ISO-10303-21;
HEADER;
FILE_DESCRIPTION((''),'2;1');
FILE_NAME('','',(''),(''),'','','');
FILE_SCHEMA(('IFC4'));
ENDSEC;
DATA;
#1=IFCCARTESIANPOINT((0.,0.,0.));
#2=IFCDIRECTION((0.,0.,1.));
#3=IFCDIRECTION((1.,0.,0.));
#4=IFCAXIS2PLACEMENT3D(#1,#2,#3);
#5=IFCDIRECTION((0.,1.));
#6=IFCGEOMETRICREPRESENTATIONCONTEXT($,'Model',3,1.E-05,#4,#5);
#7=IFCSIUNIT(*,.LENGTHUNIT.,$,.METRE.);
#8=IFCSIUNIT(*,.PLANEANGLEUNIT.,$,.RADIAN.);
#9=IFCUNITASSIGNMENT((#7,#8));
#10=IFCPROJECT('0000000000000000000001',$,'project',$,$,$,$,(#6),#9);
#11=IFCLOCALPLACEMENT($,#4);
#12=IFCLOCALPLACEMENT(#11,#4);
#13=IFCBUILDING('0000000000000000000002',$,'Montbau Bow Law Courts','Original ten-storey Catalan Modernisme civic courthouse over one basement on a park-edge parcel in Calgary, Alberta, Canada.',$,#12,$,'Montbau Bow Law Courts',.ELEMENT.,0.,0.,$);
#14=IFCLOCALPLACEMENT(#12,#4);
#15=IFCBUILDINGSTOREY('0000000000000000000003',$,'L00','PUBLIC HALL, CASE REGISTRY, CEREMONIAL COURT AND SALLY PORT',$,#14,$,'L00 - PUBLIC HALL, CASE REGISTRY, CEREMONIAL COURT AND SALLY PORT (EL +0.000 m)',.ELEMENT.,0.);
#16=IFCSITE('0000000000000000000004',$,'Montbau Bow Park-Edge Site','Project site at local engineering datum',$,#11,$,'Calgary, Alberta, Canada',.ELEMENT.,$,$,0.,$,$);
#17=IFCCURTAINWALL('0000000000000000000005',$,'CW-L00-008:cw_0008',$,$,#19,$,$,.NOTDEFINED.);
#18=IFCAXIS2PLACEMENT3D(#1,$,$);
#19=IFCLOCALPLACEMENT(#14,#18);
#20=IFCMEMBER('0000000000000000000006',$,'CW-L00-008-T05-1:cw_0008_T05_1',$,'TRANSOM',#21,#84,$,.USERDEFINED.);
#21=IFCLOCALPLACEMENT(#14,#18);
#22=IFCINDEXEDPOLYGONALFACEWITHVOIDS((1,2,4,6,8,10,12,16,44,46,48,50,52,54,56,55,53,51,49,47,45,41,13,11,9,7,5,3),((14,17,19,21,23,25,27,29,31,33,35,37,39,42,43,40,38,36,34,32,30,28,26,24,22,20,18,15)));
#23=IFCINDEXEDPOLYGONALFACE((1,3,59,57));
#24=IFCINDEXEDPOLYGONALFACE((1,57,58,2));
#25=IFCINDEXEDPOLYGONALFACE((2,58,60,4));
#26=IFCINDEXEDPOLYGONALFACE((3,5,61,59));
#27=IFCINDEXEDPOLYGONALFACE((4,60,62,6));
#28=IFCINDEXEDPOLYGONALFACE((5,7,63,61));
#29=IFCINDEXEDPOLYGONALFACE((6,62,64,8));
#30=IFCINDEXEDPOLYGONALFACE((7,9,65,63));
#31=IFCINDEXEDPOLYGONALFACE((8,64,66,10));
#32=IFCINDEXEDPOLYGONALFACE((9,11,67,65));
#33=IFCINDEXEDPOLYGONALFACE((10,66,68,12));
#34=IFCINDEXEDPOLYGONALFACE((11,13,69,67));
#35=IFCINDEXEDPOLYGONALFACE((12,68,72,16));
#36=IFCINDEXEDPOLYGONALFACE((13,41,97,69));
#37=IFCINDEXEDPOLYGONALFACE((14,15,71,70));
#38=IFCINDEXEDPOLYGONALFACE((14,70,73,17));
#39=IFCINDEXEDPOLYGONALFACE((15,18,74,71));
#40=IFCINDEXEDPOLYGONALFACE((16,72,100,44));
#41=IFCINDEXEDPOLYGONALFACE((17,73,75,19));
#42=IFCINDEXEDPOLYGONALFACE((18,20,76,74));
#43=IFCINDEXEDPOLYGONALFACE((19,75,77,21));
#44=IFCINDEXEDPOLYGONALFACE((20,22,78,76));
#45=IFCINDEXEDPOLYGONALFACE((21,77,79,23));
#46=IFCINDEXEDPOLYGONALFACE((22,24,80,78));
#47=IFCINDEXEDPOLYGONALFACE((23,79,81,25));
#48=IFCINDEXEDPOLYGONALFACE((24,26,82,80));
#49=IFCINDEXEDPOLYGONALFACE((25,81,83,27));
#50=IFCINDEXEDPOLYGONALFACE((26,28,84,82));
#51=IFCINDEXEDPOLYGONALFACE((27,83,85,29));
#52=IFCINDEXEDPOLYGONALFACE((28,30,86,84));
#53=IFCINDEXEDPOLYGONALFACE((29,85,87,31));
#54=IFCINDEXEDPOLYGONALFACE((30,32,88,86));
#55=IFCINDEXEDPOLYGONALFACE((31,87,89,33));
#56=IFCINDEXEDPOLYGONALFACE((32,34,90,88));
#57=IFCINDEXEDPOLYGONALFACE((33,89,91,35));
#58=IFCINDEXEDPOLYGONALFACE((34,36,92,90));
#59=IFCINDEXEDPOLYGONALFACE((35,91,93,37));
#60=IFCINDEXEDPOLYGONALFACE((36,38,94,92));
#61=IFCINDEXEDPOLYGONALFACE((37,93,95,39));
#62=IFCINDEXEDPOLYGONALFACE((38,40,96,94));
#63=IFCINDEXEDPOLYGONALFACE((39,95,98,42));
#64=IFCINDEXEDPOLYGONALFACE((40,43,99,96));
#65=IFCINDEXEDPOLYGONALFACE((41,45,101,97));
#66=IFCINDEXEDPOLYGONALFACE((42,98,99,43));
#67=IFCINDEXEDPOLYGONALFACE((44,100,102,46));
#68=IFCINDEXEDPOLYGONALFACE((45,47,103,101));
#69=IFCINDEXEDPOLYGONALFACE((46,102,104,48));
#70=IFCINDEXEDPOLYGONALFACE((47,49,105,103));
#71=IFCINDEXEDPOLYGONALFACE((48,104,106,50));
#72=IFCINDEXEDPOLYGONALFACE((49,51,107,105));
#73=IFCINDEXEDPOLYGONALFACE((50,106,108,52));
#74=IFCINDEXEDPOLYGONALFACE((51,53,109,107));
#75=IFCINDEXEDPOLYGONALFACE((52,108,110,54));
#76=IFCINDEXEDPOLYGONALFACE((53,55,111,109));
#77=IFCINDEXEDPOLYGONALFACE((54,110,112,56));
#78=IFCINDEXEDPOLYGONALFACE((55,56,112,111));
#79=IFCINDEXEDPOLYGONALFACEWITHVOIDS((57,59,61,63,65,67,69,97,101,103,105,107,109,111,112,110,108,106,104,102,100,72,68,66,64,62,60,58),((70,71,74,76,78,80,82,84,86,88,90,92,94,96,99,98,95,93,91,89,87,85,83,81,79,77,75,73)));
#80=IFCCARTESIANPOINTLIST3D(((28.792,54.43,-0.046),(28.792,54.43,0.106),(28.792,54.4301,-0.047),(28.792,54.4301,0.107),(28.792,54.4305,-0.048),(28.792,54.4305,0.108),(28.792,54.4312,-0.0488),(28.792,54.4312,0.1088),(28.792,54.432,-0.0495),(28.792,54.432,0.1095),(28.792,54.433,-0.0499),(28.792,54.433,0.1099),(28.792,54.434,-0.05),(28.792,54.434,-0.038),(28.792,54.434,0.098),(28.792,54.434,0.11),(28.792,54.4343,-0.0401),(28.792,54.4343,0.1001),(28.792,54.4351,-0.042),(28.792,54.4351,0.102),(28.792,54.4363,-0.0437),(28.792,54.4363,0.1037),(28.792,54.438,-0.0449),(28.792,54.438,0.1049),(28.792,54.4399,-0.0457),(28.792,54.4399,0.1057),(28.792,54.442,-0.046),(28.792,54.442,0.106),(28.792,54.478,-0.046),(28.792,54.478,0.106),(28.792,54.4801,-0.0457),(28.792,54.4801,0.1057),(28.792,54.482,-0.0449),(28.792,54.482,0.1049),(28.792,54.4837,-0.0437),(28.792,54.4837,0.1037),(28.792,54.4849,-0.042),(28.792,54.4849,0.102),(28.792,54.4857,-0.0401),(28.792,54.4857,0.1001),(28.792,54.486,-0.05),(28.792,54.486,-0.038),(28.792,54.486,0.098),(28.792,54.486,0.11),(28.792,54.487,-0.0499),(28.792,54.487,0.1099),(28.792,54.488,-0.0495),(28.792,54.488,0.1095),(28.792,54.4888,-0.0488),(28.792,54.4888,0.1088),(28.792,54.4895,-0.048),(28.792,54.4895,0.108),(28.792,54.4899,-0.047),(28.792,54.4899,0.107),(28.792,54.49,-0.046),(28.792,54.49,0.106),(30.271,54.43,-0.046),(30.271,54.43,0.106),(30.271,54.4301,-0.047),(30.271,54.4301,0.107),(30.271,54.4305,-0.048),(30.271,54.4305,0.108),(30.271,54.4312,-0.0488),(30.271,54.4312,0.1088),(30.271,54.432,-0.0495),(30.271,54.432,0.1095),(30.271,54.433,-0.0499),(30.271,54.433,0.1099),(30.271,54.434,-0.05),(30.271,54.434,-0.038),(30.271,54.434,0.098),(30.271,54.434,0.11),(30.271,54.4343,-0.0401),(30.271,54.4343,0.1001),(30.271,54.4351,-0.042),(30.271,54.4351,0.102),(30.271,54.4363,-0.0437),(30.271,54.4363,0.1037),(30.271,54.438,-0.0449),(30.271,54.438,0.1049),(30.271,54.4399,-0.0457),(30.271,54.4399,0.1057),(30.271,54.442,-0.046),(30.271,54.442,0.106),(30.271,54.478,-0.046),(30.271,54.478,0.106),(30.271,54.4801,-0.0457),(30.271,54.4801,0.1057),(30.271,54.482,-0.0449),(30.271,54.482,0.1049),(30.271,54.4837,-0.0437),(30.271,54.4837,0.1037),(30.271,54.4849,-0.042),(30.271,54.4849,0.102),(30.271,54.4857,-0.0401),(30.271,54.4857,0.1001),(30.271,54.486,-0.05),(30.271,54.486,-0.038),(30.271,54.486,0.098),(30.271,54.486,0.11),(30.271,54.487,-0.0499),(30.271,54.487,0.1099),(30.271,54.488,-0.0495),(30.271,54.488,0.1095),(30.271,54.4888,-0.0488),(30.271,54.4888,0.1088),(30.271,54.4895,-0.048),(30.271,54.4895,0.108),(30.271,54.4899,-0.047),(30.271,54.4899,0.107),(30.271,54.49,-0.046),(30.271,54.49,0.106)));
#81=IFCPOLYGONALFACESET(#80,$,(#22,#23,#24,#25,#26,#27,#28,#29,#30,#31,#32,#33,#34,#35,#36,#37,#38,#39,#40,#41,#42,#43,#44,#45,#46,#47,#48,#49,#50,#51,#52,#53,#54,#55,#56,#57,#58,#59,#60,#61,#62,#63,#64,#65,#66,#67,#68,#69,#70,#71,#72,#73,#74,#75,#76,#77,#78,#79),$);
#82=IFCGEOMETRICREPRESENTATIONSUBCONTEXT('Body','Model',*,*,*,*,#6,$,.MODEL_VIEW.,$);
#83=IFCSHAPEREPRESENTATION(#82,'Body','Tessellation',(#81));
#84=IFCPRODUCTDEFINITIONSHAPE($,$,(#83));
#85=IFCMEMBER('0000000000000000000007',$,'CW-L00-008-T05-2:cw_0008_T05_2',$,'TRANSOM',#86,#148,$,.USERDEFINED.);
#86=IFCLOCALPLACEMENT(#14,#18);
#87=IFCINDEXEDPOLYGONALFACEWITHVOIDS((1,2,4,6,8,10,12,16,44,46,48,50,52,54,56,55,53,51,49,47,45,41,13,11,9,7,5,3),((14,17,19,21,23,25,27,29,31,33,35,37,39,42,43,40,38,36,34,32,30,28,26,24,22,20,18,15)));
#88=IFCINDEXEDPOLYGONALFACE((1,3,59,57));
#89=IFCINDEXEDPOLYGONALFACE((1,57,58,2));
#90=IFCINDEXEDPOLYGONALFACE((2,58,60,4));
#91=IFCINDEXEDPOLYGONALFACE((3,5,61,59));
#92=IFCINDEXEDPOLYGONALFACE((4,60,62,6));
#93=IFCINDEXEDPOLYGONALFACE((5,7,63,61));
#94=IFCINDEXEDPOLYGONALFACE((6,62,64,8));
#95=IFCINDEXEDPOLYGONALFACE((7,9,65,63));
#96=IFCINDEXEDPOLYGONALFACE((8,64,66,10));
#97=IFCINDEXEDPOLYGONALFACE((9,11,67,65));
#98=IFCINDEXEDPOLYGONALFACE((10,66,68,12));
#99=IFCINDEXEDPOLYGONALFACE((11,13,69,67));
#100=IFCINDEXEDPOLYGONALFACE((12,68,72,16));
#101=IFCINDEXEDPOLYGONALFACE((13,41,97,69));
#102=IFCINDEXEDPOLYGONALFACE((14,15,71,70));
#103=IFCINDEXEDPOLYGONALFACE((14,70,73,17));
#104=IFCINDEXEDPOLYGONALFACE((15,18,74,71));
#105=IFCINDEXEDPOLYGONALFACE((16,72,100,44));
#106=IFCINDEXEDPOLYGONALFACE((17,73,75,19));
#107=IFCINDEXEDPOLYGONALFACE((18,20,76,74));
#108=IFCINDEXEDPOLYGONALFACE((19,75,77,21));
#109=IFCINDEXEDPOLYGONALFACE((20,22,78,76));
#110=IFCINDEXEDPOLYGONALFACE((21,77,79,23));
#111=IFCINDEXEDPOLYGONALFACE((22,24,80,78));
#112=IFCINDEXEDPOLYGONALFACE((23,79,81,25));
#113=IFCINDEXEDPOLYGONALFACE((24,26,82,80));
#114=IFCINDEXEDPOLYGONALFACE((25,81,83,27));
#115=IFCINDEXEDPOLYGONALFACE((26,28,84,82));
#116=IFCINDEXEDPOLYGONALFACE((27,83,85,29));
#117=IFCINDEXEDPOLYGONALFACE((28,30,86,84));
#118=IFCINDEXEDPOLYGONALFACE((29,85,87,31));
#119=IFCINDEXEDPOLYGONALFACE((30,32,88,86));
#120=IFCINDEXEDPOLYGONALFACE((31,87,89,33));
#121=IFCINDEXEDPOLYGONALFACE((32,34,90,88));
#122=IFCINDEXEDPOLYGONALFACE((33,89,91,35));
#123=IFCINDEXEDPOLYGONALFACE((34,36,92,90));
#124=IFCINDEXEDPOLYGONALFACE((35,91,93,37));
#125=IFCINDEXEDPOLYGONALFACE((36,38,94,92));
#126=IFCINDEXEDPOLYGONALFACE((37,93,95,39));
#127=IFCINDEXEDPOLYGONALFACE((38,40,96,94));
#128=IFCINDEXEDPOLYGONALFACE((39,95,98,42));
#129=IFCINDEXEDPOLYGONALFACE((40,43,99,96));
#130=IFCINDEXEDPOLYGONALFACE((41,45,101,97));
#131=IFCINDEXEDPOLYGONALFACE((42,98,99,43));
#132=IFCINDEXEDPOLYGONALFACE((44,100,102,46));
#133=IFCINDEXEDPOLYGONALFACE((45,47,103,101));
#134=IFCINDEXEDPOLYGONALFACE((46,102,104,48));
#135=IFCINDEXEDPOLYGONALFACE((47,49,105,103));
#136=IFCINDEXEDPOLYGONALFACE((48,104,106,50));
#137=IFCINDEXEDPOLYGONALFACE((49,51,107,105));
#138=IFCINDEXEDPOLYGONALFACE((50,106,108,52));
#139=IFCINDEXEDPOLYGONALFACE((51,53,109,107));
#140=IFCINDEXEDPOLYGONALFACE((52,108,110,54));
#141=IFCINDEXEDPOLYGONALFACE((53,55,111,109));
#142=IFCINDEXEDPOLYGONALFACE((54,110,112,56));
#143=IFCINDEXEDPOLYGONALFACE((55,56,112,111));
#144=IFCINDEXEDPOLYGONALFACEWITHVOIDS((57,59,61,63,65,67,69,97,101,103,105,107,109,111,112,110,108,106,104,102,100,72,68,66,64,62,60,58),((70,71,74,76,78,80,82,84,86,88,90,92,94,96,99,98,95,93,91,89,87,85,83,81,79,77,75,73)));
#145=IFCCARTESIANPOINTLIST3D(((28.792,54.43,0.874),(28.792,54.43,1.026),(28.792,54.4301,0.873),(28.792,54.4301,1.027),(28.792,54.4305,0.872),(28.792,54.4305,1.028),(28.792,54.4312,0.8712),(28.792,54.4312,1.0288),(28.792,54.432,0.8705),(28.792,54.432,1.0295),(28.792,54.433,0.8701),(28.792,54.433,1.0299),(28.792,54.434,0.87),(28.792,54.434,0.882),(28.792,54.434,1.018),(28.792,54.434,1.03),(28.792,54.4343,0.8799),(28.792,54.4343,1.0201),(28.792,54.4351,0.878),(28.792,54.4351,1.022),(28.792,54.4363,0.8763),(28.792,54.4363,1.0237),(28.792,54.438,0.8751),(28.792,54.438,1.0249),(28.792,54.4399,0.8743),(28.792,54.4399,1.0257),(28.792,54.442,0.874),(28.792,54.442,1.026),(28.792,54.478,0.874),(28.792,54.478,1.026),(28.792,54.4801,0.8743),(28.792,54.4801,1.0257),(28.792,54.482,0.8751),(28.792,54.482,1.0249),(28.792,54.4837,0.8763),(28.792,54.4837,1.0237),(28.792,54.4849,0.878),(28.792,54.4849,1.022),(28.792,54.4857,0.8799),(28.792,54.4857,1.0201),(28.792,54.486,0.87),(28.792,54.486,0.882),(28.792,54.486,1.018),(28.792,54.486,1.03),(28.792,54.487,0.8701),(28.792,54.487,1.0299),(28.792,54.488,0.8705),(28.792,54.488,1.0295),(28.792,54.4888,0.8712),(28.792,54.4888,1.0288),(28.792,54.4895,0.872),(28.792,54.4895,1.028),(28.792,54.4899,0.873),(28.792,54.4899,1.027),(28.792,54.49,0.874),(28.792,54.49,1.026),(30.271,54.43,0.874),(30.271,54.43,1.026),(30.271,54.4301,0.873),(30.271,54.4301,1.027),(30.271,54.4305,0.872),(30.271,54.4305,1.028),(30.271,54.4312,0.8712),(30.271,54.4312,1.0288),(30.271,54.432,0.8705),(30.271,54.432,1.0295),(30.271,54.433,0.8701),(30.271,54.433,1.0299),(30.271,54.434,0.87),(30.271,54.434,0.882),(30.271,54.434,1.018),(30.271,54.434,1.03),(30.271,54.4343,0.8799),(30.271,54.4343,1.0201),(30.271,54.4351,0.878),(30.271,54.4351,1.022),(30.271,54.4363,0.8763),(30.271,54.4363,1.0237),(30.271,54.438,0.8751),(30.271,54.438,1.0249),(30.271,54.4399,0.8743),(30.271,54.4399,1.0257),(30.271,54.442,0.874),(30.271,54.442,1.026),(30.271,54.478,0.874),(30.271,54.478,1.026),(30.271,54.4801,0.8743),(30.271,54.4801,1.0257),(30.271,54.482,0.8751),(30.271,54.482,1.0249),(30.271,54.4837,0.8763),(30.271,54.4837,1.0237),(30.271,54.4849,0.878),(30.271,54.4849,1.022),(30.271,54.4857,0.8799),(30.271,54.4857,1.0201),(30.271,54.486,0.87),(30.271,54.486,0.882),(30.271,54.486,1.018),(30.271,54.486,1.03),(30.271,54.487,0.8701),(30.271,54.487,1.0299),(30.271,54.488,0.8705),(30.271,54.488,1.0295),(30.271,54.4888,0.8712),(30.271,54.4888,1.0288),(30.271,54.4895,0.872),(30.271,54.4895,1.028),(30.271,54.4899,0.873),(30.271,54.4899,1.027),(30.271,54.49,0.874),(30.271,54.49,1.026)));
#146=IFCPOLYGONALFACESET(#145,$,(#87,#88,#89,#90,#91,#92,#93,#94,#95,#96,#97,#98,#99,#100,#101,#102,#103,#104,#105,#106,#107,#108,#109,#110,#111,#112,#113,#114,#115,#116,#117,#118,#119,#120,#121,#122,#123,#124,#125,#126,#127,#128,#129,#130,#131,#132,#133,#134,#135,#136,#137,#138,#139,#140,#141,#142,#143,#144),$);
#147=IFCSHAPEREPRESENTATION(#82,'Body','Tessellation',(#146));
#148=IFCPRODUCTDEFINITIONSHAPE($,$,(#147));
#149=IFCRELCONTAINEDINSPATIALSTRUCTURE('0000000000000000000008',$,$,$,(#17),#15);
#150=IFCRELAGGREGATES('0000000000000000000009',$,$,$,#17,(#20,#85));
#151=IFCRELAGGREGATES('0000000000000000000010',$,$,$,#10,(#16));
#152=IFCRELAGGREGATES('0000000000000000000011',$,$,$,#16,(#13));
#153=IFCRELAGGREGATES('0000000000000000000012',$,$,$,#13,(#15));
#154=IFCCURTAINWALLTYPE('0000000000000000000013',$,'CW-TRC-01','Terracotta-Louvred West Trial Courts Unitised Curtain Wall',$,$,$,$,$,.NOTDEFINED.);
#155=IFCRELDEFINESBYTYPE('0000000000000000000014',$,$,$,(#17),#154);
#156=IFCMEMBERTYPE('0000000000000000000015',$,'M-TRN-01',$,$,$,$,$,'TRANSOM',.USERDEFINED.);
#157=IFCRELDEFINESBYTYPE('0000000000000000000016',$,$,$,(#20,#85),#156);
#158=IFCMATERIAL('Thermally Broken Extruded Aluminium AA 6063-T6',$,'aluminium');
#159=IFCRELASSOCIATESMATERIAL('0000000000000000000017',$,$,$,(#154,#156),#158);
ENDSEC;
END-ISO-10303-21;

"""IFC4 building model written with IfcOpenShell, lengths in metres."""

from ifc_helpers import new_model, si_unit, direction, frame, origin_with_axes, origin_2d_with_axis, place, context, subcontext, project, spatial, hollow_rectangle, extrude, material, material_profile, profile_set, type_object, element, aggregate, save


model = new_model("IFC4")

# Units and contexts
model_context = context("Model", 3, precision=1e-05, world=origin_with_axes(), true_north=direction((0.0, 1.0)))
body_context = subcontext(model_context, "Body", "Model", "MODEL_VIEW")
ifc_project = project(units=[si_unit("LENGTHUNIT", "METRE"), si_unit("PLANEANGLEUNIT", "RADIAN")], contexts=[model_context])

# Site, building, storey
site_placement = place(None, origin_with_axes())
site = spatial("IfcSite", under=ifc_project, at=site_placement, Name="Montbau Bow Park-Edge Site", Description="Project site at local engineering datum", LongName="Calgary, Alberta, Canada", CompositionType="ELEMENT", RefElevation=0.0)
building_placement = place(site_placement, origin_with_axes())
building = spatial("IfcBuilding", under=site, at=building_placement, Name="Montbau Bow Law Courts", Description="Original ten-storey Catalan Modernisme civic courthouse over one basement on a park-edge parcel in Calgary, Alberta, Canada.", LongName="Montbau Bow Law Courts", CompositionType="ELEMENT", ElevationOfRefHeight=0.0, ElevationOfTerrain=0.0)
storey_placement = place(building_placement, origin_with_axes())
storey = spatial("IfcBuildingStorey", under=building, at=storey_placement, Name="L00", Description="PUBLIC HALL, CASE REGISTRY, CEREMONIAL COURT AND SALLY PORT", LongName="L00 - PUBLIC HALL, CASE REGISTRY, CEREMONIAL COURT AND SALLY PORT (EL +0.000 m)", CompositionType="ELEMENT", Elevation=0.0)

# Curtain wall, members
ifc_material_1 = material(Name="Thermally Broken Extruded Aluminium AA 6063-T6", Category="aluminium")
curtain_wall_type = type_object("IfcCurtainWallType", Name="CW-TRC-01", Description="Terracotta-Louvred West Trial Courts Unitised Curtain Wall", PredefinedType="NOTDEFINED", material=ifc_material_1)
curtain_wall_1_placement = place(None, frame((22.467, 54.46, 0.0), z_axis=(0.0, 0.0, 1.0), x_axis=(1.0, 0.0, 0.0)))
curtain_wall_1 = element("IfcCurtainWall", 1, at=curtain_wall_1_placement, inside=storey, type_object=curtain_wall_type, Name="CW-L00-008:cw_0008", PredefinedType="NOTDEFINED")
ifc_material_profile_1 = material_profile(ifc_material_1, hollow_rectangle(XDim=0.06, YDim=0.16, WallThickness=0.004, InnerFilletRadius=0.008, OuterFilletRadius=0.004, at=origin_2d_with_axis()), Name="CWT-160X60", Category="Main", Priority=0)
ifc_profile_set_1 = profile_set([ifc_material_profile_1], Name="Thermally Broken Extruded Aluminium AA 6063-T6")
member_type_1 = type_object("IfcMemberType", Name="M-TRN-01", ElementType="TRANSOM", PredefinedType="USERDEFINED", material=ifc_profile_set_1)
member_1_placement = place(None, frame((28.792, 54.46, 0.03), z_axis=(1.0, 0.0, 0.0), x_axis=(0.0, 1.0, 0.0)))
member_1 = element("IfcMember", 2, at=member_1_placement, type_object=member_type_1, Name="CW-L00-008-T05-1:cw_0008_T05_1", ObjectType="TRANSOM", PredefinedType="USERDEFINED", context=body_context, shape_type="SweptSolid", body=[
    extrude(hollow_rectangle(XDim=0.06, YDim=0.16, WallThickness=0.004, InnerFilletRadius=0.008, OuterFilletRadius=0.004, at=origin_2d_with_axis()), origin_with_axes(), (0.0, 0.0, 1.0), 1.479),
])
member_2_placement = place(None, frame((28.792, 54.46, 0.95), z_axis=(1.0, 0.0, 0.0), x_axis=(0.0, 1.0, 0.0)))
member_2 = element("IfcMember", 3, at=member_2_placement, type_object=member_type_1, Name="CW-L00-008-T05-2:cw_0008_T05_2", ObjectType="TRANSOM", PredefinedType="USERDEFINED", context=body_context, shape_type="SweptSolid", body=[
    extrude(hollow_rectangle(XDim=0.06, YDim=0.16, WallThickness=0.004, InnerFilletRadius=0.008, OuterFilletRadius=0.004, at=origin_2d_with_axis()), origin_with_axes(), (0.0, 0.0, 1.0), 1.479),
])

aggregate(curtain_wall_1, [member_1, member_2])

save(model, "model.ifc")
